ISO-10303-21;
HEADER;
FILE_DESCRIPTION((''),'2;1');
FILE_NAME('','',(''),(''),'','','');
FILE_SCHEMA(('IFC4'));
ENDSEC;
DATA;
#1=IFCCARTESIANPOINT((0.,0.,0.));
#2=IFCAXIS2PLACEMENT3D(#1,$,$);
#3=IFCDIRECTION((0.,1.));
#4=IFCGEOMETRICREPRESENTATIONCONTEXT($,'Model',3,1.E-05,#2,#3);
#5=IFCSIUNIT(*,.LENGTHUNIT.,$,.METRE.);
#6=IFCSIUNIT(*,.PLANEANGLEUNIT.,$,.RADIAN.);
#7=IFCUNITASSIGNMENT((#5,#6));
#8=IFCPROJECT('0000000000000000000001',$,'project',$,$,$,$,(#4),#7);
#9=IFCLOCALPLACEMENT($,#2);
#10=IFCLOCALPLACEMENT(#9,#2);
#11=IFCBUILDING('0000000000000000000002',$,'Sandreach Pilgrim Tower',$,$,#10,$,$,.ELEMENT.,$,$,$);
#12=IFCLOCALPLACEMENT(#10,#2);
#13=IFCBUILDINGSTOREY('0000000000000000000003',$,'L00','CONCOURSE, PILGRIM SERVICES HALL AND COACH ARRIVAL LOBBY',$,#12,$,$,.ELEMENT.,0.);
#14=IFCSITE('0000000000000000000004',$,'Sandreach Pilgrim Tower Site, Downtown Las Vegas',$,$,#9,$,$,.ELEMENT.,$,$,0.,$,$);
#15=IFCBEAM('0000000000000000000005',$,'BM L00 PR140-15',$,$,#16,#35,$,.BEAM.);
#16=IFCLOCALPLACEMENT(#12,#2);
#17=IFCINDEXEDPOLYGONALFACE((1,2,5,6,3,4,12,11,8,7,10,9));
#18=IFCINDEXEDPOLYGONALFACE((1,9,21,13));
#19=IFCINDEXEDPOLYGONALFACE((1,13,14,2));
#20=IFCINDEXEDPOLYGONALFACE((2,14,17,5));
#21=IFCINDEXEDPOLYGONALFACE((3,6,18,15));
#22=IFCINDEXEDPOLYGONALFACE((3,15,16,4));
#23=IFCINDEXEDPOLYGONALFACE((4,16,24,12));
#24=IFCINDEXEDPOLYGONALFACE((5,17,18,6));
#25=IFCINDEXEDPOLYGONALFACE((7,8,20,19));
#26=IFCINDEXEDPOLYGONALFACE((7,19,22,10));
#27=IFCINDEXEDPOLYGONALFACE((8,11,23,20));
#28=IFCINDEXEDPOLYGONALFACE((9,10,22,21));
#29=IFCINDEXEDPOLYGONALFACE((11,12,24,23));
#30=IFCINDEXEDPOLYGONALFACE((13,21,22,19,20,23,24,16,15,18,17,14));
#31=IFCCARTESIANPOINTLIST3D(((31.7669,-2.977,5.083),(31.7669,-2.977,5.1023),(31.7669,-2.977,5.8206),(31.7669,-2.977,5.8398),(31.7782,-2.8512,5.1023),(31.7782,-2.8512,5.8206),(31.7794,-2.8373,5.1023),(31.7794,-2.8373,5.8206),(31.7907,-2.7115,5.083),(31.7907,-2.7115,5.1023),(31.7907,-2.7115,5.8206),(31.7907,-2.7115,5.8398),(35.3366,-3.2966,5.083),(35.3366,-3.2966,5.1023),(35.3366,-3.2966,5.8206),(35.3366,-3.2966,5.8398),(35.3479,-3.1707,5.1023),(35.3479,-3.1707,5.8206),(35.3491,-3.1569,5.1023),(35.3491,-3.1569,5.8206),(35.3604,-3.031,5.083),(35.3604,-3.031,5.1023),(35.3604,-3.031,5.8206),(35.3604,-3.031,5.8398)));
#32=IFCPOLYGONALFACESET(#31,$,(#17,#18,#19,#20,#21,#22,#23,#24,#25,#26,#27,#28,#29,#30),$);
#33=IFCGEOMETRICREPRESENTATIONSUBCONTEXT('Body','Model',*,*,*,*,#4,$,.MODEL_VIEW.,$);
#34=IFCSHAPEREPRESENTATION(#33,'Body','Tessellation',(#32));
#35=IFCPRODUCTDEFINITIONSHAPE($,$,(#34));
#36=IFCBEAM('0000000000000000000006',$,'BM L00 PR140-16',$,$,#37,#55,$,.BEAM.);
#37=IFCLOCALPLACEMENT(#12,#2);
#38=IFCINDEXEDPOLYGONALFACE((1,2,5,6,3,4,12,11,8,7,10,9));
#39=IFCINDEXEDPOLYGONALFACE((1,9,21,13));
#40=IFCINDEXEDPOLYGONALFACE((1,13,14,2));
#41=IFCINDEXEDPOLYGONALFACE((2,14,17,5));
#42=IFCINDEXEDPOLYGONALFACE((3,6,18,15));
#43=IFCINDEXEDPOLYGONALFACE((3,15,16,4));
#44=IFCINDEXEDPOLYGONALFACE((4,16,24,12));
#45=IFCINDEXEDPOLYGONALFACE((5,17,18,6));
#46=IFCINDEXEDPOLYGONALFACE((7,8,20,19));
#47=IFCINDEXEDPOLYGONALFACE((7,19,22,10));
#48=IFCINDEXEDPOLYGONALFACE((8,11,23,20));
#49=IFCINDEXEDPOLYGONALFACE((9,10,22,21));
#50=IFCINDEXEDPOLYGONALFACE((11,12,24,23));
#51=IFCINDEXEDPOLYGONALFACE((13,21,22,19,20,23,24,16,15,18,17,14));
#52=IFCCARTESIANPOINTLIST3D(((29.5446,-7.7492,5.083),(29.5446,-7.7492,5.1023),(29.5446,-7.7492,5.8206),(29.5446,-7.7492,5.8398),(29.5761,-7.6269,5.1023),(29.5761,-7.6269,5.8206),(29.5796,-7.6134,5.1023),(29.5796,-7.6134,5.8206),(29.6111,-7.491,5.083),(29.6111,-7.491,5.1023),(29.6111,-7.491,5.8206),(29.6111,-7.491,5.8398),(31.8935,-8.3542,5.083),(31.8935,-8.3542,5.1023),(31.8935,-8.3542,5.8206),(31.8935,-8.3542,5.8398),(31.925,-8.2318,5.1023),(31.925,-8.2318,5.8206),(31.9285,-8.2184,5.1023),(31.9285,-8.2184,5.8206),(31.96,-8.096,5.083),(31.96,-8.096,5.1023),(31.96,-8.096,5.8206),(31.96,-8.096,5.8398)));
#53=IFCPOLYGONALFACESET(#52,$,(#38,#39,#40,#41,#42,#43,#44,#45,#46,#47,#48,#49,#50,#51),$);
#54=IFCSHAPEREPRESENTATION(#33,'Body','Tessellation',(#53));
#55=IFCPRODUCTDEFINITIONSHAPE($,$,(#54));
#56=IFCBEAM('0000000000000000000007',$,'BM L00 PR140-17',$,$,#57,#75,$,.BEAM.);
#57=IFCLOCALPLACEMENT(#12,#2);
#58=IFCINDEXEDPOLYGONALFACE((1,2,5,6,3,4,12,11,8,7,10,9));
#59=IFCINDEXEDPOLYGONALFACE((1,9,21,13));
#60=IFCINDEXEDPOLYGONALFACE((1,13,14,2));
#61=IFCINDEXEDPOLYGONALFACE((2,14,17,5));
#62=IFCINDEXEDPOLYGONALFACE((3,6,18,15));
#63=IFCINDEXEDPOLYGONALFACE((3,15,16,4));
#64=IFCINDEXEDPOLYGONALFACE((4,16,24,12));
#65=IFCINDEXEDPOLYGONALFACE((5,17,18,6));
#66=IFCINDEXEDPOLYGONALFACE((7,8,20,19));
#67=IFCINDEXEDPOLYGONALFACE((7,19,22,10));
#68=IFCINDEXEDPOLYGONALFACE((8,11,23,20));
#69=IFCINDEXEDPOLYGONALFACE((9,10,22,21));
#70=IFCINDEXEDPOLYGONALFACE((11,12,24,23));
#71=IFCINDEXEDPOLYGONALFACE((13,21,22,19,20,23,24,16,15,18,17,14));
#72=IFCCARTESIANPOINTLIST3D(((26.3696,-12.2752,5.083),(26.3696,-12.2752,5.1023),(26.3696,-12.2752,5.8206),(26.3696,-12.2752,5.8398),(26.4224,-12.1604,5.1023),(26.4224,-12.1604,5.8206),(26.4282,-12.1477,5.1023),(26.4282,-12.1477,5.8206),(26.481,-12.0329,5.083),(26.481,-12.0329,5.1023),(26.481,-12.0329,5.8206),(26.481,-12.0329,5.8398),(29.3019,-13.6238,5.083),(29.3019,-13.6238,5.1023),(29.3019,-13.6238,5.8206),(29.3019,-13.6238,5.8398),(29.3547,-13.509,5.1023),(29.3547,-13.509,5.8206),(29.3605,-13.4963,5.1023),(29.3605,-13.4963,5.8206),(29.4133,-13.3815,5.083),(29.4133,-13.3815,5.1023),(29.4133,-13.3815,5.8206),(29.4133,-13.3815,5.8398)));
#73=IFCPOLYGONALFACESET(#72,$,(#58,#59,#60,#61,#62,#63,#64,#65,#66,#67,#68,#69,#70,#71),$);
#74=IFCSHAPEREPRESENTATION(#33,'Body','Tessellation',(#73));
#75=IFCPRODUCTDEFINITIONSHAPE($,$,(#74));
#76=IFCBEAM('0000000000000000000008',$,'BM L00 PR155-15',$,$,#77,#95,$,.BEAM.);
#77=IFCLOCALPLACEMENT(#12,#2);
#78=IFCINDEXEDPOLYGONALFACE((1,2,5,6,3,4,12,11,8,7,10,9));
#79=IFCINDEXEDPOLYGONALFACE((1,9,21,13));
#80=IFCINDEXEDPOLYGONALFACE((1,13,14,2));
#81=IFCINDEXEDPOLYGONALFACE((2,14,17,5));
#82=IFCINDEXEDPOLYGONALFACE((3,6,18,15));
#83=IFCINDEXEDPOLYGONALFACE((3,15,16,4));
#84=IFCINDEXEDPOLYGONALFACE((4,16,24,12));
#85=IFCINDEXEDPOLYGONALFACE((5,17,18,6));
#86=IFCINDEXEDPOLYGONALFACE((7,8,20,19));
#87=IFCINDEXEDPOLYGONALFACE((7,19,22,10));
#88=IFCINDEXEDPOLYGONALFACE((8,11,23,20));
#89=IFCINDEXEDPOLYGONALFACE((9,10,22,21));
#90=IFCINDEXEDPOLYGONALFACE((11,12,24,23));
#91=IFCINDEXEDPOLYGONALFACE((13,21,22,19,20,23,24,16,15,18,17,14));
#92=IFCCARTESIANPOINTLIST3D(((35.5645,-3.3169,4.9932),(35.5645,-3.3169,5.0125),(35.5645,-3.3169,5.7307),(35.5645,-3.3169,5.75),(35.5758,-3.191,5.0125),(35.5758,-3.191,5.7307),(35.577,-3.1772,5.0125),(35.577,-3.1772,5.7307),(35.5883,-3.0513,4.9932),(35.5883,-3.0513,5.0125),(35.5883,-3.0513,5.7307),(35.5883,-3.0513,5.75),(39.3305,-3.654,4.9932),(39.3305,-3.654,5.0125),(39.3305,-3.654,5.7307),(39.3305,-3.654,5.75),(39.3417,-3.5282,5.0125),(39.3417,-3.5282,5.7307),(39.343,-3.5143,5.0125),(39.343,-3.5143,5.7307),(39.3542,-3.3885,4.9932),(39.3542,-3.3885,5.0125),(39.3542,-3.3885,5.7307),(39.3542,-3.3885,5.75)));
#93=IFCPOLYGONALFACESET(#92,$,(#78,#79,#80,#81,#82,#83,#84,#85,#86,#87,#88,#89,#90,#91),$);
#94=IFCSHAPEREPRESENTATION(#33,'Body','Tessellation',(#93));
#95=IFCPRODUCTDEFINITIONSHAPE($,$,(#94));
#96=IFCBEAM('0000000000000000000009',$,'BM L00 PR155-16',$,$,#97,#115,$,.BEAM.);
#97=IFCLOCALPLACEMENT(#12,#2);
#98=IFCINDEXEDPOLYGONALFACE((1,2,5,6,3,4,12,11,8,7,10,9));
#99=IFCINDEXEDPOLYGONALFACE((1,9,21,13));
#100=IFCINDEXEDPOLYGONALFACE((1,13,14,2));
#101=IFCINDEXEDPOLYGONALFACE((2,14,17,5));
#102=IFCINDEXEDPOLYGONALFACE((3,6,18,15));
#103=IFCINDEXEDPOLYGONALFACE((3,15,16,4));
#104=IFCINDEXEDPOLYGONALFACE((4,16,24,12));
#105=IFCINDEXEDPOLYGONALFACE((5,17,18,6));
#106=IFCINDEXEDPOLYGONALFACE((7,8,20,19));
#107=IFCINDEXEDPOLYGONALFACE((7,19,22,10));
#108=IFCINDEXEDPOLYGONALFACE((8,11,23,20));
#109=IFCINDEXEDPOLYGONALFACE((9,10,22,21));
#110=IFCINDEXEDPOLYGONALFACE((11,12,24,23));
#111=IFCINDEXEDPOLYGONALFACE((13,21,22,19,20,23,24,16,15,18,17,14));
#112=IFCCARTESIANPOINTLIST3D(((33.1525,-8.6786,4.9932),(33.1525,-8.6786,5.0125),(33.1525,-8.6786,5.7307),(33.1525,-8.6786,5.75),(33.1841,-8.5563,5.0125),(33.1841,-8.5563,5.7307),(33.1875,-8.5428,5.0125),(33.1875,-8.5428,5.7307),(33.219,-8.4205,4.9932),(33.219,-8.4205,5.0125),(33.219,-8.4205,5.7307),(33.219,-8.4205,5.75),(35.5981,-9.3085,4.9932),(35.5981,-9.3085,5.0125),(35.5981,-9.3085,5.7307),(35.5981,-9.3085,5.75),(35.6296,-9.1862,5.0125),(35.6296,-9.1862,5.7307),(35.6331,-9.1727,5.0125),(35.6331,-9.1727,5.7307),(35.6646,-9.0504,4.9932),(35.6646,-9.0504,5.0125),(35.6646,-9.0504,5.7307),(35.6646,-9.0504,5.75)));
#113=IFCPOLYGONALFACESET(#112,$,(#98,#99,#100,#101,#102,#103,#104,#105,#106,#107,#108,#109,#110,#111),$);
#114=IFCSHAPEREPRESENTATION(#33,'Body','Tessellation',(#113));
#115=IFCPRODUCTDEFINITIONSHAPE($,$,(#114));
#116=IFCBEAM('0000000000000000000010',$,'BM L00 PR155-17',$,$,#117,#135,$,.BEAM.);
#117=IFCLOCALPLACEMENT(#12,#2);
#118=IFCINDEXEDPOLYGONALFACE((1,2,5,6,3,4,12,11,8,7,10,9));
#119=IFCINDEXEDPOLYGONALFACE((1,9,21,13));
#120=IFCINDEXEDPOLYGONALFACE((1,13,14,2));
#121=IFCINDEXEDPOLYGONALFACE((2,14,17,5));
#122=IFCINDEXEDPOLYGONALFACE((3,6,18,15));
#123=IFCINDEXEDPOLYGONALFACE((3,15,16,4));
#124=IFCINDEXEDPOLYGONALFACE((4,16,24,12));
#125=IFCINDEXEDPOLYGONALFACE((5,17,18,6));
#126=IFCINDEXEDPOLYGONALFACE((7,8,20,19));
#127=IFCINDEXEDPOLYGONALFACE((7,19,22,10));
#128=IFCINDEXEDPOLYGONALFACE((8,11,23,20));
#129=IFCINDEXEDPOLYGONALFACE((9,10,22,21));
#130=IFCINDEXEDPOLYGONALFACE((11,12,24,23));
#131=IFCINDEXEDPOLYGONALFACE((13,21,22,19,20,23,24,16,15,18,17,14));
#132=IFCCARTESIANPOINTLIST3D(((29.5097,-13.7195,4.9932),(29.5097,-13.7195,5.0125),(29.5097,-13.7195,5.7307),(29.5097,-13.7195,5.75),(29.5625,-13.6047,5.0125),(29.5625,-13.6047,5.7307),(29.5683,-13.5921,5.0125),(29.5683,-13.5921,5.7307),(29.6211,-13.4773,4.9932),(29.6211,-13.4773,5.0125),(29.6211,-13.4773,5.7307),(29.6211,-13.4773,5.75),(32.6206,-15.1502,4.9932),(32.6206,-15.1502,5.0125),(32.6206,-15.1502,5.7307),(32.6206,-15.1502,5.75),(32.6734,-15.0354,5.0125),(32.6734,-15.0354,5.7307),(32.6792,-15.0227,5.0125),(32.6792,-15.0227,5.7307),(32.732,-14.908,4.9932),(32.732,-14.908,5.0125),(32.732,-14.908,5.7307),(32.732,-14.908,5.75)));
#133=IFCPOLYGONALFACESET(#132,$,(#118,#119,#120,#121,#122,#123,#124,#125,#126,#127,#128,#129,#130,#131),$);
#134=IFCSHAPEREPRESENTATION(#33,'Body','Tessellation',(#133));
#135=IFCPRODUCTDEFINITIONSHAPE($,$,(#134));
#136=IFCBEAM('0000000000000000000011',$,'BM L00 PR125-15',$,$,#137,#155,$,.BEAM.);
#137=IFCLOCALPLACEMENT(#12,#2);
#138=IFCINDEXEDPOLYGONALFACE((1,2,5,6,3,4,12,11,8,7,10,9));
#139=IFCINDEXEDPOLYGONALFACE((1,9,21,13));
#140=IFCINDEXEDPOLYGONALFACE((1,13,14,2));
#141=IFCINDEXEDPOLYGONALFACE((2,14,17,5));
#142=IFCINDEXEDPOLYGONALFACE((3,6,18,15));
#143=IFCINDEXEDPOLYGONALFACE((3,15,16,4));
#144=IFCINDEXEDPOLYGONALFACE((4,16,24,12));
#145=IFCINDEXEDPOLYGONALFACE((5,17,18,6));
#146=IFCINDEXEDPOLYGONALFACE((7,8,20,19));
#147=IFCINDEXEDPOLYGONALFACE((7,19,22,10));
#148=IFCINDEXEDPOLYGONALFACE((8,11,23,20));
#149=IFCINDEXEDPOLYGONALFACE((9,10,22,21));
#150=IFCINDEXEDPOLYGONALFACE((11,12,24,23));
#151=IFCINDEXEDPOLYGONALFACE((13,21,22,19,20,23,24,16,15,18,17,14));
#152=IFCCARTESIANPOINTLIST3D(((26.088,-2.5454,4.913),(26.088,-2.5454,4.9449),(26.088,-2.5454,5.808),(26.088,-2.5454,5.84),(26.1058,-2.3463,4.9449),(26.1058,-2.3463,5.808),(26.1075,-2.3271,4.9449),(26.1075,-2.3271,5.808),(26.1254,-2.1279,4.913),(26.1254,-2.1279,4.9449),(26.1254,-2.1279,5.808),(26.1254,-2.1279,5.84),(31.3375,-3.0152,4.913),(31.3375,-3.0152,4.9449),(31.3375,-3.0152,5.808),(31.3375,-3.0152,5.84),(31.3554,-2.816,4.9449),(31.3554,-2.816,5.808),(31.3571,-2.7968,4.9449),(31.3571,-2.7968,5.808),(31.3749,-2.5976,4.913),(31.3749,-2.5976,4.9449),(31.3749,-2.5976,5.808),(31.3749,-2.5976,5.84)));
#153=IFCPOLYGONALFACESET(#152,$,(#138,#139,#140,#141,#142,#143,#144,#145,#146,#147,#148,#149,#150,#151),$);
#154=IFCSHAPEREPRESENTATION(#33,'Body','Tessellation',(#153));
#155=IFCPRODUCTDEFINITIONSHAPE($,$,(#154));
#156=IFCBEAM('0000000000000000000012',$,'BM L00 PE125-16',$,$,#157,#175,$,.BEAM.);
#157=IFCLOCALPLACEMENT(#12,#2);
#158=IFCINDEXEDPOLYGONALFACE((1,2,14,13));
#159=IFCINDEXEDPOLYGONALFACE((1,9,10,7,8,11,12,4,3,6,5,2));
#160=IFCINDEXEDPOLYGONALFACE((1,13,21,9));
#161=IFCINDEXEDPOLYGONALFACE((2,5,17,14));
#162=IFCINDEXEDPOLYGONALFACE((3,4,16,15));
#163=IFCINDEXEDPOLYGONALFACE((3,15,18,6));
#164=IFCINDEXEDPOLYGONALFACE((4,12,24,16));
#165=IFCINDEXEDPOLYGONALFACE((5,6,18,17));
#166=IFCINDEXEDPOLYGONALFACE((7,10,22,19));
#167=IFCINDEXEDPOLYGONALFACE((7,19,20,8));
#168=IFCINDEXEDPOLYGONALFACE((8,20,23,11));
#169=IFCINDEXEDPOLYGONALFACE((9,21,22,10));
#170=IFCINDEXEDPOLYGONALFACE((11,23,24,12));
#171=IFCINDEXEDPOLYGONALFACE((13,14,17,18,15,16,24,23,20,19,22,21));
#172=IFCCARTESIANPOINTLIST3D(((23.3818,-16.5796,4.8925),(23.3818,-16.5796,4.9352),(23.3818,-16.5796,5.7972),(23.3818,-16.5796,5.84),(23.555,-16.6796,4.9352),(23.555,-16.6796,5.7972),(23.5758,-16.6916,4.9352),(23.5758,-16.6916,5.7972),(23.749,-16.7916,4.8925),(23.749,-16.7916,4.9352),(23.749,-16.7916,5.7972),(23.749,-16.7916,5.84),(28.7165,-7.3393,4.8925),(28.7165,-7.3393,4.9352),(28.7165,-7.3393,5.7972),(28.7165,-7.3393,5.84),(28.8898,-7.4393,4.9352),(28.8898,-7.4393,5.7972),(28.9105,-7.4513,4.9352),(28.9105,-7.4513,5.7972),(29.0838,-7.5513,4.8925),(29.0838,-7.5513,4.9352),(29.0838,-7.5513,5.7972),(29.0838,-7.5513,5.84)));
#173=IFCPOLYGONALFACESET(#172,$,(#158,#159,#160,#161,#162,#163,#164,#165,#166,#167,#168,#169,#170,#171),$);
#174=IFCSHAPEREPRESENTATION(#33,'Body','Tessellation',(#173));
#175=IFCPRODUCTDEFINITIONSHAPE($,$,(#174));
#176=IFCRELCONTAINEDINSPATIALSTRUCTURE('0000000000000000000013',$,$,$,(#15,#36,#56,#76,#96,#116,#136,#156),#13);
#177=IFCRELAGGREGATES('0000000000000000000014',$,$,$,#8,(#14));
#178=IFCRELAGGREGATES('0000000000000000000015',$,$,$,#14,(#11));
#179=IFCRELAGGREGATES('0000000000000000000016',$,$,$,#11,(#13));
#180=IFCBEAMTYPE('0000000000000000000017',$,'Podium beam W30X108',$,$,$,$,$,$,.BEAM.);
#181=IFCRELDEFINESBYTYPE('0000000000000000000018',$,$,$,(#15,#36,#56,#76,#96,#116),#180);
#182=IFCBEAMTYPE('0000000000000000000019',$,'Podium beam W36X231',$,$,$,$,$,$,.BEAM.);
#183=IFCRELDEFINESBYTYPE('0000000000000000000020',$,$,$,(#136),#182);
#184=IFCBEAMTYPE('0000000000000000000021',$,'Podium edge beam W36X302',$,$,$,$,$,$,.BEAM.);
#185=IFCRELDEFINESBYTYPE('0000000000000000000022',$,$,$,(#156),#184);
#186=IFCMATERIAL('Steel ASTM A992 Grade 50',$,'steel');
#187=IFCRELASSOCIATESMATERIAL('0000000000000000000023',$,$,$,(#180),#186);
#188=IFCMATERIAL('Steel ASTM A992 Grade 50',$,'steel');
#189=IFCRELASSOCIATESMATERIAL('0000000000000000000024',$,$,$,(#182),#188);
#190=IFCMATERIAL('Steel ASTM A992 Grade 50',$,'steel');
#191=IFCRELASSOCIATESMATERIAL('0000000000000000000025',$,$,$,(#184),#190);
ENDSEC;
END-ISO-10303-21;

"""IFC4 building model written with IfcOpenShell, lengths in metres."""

from ifc_helpers import new_model, si_unit, direction, frame, origin, origin_2d, place, context, subcontext, project, spatial, i_section, extrude, material, material_profile, profile_set, type_object, element, save


model = new_model("IFC4")

# Units and contexts
model_context = context("Model", 3, precision=1e-05, world=origin(), true_north=direction((0.0, 1.0)))
body_context = subcontext(model_context, "Body", "Model", "MODEL_VIEW")
ifc_project = project(units=[si_unit("LENGTHUNIT", "METRE"), si_unit("PLANEANGLEUNIT", "RADIAN")], contexts=[model_context])

# Site, building, storey
site_placement = place(None, origin())
site = spatial("IfcSite", under=ifc_project, at=site_placement, Name="Sandreach Pilgrim Tower Site, Downtown Las Vegas", CompositionType="ELEMENT", RefElevation=0.0)
building_placement = place(site_placement, origin())
building = spatial("IfcBuilding", under=site, at=building_placement, Name="Sandreach Pilgrim Tower", CompositionType="ELEMENT")
storey_placement = place(building_placement, origin())
storey = spatial("IfcBuildingStorey", under=building, at=storey_placement, Name="L00", Description="CONCOURSE, PILGRIM SERVICES HALL AND COACH ARRIVAL LOBBY", CompositionType="ELEMENT", Elevation=0.0)

# Beams
ifc_material_1 = material(Name="Steel ASTM A992 Grade 50", Category="steel")
ifc_material_profile_1 = material_profile(ifc_material_1, i_section(OverallWidth=0.2666, OverallDepth=0.7568, WebThickness=0.0139, FlangeThickness=0.0193, at=origin_2d()), Name="W30X108")
ifc_profile_set_1 = profile_set([ifc_material_profile_1], Name="Steel ASTM A992 Grade 50")
beam_type_1 = type_object("IfcBeamType", Name="Podium beam W30X108", PredefinedType="BEAM", material=ifc_profile_set_1)
beam_1_placement = place(storey_placement, frame((31.7788, -2.8442, 5.4614), z_axis=(0.996017, -0.089166, 0.0), x_axis=(0.089166, 0.996017, 0.0)))
element("IfcBeam", 1, at=beam_1_placement, inside=storey, type_object=beam_type_1, Name="BM L00 PR140-15", PredefinedType="BEAM", context=body_context, shape_type="SweptSolid", body=[
    extrude(i_section(OverallWidth=0.2666, OverallDepth=0.7568, WebThickness=0.0139, FlangeThickness=0.0193, at=origin_2d()), origin(), (0.0, 0.0, 1.0), 3.584),
])
beam_2_placement = place(storey_placement, frame((29.5779, -7.6201, 5.4614), z_axis=(0.968395, -0.249421, 0.0), x_axis=(0.249421, 0.968395, 0.0)))
element("IfcBeam", 2, at=beam_2_placement, inside=storey, type_object=beam_type_1, Name="BM L00 PR140-16", PredefinedType="BEAM", context=body_context, shape_type="SweptSolid", body=[
    extrude(i_section(OverallWidth=0.2666, OverallDepth=0.7568, WebThickness=0.0139, FlangeThickness=0.0193, at=origin_2d()), origin(), (0.0, 0.0, 1.0), 2.4255),
])
beam_3_placement = place(storey_placement, frame((26.4253, -12.1541, 5.4614), z_axis=(0.908521, -0.417839, 0.0), x_axis=(0.417839, 0.908521, 0.0)))
element("IfcBeam", 3, at=beam_3_placement, inside=storey, type_object=beam_type_1, Name="BM L00 PR140-17", PredefinedType="BEAM", context=body_context, shape_type="SweptSolid", body=[
    extrude(i_section(OverallWidth=0.2666, OverallDepth=0.7568, WebThickness=0.0139, FlangeThickness=0.0193, at=origin_2d()), origin(), (0.0, 0.0, 1.0), 3.2275),
])
beam_4_placement = place(storey_placement, frame((35.5764, -3.1841, 5.3716), z_axis=(0.996016, -0.089173, 0.0), x_axis=(0.089173, 0.996016, 0.0)))
element("IfcBeam", 4, at=beam_4_placement, inside=storey, type_object=beam_type_1, Name="BM L00 PR155-15", PredefinedType="BEAM", context=body_context, shape_type="SweptSolid", body=[
    extrude(i_section(OverallWidth=0.2666, OverallDepth=0.7568, WebThickness=0.0139, FlangeThickness=0.0193, at=origin_2d()), origin(), (0.0, 0.0, 1.0), 3.781),
])
beam_5_placement = place(storey_placement, frame((33.1858, -8.5496, 5.3716), z_axis=(0.968395, -0.249422, 0.0), x_axis=(0.249422, 0.968395, 0.0)))
element("IfcBeam", 5, at=beam_5_placement, inside=storey, type_object=beam_type_1, Name="BM L00 PR155-16", PredefinedType="BEAM", context=body_context, shape_type="SweptSolid", body=[
    extrude(i_section(OverallWidth=0.2666, OverallDepth=0.7568, WebThickness=0.0139, FlangeThickness=0.0193, at=origin_2d()), origin(), (0.0, 0.0, 1.0), 2.5254),
])
beam_6_placement = place(storey_placement, frame((29.5654, -13.5984, 5.3716), z_axis=(0.908526, -0.417828, 0.0), x_axis=(0.417828, 0.908526, 0.0)))
element("IfcBeam", 6, at=beam_6_placement, inside=storey, type_object=beam_type_1, Name="BM L00 PR155-17", PredefinedType="BEAM", context=body_context, shape_type="SweptSolid", body=[
    extrude(i_section(OverallWidth=0.2666, OverallDepth=0.7568, WebThickness=0.0139, FlangeThickness=0.0193, at=origin_2d()), origin(), (0.0, 0.0, 1.0), 3.4241),
])
ifc_material_2 = material(Name="Steel ASTM A992 Grade 50", Category="steel")
ifc_material_profile_2 = material_profile(ifc_material_2, i_section(OverallWidth=0.4192, OverallDepth=0.927, WebThickness=0.0193, FlangeThickness=0.032, at=origin_2d()), Name="W36X231")
ifc_profile_set_2 = profile_set([ifc_material_profile_2], Name="Steel ASTM A992 Grade 50")
beam_type_2 = type_object("IfcBeamType", Name="Podium beam W36X231", PredefinedType="BEAM", material=ifc_profile_set_2)
beam_7_placement = place(storey_placement, frame((26.1067, -2.3367, 5.3765), z_axis=(0.996021, -0.089124, 0.0), x_axis=(0.089124, 0.996021, 0.0)))
element("IfcBeam", 7, at=beam_7_placement, inside=storey, type_object=beam_type_2, Name="BM L00 PR125-15", PredefinedType="BEAM", context=body_context, shape_type="SweptSolid", body=[
    extrude(i_section(OverallWidth=0.4192, OverallDepth=0.927, WebThickness=0.0193, FlangeThickness=0.032, at=origin_2d()), origin(), (0.0, 0.0, 1.0), 5.2705),
])
ifc_material_3 = material(Name="Steel ASTM A992 Grade 50", Category="steel")
ifc_material_profile_3 = material_profile(ifc_material_3, i_section(OverallWidth=0.4241, OverallDepth=0.9475, WebThickness=0.0239, FlangeThickness=0.0427, at=origin_2d()), Name="W36X302")
ifc_profile_set_3 = profile_set([ifc_material_profile_3], Name="Steel ASTM A992 Grade 50")
beam_type_3 = type_object("IfcBeamType", Name="Podium edge beam W36X302", PredefinedType="BEAM", material=ifc_profile_set_3)
beam_8_placement = place(storey_placement, frame((28.9001, -7.4453, 5.3662), z_axis=(-0.499991, -0.866031, 0.0), x_axis=(0.866031, -0.499991, 0.0)))
element("IfcBeam", 8, at=beam_8_placement, inside=storey, type_object=beam_type_3, Name="BM L00 PE125-16", PredefinedType="BEAM", context=body_context, shape_type="SweptSolid", body=[
    extrude(i_section(OverallWidth=0.4241, OverallDepth=0.9475, WebThickness=0.0239, FlangeThickness=0.0427, at=origin_2d()), origin(), (0.0, 0.0, 1.0), 10.6697),
])

save(model, "model.ifc")
